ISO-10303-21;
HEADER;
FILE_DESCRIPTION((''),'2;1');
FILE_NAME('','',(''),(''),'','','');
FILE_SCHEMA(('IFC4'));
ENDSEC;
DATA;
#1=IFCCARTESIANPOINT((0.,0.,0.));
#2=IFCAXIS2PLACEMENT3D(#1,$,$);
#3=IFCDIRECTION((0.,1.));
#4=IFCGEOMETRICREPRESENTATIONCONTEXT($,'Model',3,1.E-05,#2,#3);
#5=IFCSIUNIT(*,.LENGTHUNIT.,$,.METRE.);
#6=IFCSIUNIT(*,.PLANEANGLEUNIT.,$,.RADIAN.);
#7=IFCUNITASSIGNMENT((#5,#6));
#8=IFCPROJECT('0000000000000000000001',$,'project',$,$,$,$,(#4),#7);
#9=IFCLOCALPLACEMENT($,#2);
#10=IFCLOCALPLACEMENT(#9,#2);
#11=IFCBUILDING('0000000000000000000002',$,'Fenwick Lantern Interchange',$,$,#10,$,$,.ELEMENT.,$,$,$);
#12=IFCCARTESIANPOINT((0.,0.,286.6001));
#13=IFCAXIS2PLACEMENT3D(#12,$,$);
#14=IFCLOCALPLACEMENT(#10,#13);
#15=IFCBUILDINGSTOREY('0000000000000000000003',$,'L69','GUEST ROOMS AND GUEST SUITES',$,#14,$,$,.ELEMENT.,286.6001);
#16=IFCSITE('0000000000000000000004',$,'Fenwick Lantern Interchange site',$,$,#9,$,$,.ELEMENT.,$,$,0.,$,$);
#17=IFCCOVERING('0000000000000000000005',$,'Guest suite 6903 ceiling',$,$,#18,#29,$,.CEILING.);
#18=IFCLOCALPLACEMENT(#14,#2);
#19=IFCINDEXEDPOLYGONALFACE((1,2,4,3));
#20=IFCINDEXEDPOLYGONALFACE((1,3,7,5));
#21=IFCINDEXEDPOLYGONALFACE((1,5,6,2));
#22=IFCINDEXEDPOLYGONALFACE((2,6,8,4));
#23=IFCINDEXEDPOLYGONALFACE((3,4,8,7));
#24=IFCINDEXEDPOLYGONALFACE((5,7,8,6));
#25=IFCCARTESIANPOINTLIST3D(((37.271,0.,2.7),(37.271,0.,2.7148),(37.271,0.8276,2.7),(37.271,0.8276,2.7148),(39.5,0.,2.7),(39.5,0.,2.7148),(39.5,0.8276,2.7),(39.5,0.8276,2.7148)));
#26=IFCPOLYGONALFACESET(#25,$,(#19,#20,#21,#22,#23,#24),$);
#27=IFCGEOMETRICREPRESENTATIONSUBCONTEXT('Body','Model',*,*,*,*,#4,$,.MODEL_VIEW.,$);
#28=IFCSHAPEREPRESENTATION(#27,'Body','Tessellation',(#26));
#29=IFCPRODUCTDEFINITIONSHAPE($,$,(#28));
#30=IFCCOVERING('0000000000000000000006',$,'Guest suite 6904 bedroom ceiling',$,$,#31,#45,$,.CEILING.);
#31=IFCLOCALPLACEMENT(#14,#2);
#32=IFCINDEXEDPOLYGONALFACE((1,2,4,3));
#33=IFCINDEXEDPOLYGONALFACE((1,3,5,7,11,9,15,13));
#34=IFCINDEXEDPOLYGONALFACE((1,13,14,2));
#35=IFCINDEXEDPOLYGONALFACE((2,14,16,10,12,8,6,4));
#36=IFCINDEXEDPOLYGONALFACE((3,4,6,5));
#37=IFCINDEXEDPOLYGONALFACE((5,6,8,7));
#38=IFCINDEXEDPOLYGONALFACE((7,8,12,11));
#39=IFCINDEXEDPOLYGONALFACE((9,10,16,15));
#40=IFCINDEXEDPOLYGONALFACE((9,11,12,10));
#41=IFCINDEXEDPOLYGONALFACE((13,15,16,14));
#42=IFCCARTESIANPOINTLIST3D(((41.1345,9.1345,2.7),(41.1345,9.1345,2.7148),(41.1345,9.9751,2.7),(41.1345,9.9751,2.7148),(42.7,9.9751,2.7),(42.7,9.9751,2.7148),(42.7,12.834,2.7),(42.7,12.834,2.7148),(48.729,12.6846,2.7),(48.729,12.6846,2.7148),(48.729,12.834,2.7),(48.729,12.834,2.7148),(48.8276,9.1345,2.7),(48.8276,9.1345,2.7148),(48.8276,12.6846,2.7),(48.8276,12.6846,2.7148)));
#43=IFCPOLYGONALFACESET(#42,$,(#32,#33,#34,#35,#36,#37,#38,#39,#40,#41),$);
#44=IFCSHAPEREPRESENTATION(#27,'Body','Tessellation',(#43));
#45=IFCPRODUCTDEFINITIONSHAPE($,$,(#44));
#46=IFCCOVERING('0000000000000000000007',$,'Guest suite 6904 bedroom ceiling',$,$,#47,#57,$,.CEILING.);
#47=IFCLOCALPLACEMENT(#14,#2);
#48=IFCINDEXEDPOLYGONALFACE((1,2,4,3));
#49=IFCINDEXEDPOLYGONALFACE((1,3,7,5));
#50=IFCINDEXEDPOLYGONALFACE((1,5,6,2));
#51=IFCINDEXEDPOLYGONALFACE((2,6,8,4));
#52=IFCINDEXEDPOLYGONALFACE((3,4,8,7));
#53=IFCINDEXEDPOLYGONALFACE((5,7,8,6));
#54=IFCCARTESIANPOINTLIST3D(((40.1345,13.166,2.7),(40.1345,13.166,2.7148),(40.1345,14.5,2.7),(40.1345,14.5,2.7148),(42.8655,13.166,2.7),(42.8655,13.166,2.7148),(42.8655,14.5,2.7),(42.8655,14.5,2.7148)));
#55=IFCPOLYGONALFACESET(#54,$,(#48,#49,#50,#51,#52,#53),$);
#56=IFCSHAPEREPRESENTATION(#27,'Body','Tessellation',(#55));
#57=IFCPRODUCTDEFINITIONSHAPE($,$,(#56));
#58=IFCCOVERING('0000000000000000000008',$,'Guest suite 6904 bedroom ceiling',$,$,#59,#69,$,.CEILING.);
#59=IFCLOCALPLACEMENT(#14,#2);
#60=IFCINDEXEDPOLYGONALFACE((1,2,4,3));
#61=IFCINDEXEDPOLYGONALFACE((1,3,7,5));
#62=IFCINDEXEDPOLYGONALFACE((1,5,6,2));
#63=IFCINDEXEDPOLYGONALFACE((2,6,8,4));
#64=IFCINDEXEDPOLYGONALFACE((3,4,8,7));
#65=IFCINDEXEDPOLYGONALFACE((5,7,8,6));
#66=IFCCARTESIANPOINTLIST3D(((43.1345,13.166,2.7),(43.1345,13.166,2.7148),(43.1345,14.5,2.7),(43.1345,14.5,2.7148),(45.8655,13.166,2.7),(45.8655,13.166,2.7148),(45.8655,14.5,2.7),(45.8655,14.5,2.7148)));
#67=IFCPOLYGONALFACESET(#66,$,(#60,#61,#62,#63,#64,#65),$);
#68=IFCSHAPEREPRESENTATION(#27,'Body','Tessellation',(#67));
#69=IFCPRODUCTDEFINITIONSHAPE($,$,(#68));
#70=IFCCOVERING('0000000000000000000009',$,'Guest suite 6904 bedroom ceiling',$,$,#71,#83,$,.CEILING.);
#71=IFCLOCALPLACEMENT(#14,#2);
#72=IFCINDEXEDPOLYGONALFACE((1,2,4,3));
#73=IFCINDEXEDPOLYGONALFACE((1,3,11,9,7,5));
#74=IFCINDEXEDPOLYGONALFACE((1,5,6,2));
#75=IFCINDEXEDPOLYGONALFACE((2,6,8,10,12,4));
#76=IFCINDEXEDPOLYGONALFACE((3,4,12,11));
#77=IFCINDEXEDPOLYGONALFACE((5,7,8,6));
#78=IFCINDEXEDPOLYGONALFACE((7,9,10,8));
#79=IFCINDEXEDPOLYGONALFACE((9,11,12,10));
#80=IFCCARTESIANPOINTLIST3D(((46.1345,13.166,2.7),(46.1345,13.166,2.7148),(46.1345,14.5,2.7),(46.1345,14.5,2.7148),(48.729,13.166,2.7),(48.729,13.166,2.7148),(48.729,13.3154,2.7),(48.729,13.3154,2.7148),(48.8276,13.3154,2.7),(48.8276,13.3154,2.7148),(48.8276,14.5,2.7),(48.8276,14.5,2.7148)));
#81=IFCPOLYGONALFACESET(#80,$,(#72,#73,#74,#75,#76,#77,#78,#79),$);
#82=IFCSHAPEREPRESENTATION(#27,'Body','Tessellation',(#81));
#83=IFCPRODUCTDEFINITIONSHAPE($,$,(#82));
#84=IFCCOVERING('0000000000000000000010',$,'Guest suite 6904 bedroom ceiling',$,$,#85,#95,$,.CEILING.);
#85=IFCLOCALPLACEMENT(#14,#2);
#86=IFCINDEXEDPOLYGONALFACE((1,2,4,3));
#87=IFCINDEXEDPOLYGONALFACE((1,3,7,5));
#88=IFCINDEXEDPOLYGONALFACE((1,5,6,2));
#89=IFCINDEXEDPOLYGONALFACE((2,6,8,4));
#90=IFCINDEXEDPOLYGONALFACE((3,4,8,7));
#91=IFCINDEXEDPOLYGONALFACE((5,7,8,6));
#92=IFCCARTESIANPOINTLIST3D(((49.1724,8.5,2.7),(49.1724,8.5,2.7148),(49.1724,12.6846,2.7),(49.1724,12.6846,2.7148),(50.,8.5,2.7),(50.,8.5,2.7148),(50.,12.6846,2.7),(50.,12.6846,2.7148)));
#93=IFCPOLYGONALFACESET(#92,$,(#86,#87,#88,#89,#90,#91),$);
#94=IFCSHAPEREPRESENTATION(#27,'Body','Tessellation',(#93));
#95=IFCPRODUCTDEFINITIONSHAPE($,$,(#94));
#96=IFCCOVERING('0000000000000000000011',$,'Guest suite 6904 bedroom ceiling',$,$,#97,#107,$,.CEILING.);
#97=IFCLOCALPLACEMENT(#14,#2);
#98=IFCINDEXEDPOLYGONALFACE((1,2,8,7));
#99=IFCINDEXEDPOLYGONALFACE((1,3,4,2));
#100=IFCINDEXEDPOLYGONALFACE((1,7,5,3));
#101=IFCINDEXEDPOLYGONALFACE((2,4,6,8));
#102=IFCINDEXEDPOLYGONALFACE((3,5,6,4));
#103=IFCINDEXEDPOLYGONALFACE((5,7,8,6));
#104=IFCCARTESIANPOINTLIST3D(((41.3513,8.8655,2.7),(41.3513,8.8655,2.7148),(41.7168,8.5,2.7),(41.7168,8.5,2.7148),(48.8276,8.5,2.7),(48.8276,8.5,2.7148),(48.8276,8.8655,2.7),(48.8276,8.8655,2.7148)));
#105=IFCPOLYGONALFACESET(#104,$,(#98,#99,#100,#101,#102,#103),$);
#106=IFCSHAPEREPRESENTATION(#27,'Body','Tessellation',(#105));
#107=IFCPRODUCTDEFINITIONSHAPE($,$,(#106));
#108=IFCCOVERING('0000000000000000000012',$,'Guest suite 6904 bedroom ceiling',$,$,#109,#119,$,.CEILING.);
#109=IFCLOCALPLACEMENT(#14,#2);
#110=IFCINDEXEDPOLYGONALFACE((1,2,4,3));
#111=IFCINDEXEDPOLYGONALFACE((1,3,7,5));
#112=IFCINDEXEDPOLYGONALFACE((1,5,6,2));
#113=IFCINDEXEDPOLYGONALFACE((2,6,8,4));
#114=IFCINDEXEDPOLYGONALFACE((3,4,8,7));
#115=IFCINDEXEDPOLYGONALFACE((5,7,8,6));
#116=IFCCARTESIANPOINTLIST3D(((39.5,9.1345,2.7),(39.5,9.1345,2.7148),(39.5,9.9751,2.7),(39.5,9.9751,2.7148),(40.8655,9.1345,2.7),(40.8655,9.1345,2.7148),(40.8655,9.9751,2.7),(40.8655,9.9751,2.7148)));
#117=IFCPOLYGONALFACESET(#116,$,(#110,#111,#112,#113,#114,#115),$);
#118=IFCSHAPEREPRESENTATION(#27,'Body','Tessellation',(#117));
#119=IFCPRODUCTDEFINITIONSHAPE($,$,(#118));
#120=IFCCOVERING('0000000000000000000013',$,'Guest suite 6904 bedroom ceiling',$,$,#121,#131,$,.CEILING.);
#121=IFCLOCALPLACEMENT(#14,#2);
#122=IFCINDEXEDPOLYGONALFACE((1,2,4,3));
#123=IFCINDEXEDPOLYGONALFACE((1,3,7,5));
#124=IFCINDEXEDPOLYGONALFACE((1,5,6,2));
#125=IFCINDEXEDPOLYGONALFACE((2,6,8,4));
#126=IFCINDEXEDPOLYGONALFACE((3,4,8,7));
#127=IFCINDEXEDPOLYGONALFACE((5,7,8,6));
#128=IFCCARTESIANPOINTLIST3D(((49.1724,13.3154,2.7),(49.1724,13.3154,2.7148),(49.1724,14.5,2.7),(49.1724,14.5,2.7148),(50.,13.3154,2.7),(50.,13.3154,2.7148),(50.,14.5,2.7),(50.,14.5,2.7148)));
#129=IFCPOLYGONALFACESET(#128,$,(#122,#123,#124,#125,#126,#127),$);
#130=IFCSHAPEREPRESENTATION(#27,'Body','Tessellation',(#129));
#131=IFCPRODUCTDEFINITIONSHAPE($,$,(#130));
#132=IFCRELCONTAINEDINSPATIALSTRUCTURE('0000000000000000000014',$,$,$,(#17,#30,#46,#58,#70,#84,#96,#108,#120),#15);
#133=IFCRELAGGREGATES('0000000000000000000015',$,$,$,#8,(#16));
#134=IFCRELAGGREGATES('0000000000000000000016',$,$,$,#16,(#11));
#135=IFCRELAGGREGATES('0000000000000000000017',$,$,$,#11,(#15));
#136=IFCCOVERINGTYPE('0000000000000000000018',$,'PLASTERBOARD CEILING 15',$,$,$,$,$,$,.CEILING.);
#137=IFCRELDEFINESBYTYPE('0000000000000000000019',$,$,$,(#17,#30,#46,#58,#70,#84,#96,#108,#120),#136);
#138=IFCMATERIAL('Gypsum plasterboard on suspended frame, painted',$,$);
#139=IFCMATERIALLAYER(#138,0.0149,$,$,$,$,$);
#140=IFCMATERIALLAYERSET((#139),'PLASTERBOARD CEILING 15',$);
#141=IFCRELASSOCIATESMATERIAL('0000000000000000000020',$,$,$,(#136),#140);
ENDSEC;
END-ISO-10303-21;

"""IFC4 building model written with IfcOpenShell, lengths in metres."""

from ifc_helpers import new_model, si_unit, direction, frame, origin, place, context, subcontext, project, spatial, polyline, outline, extrude, material, layer, layer_set, type_object, element, save


model = new_model("IFC4")

# Units and contexts
model_context = context("Model", 3, precision=1e-05, world=origin(), true_north=direction((0.0, 1.0)))
body_context = subcontext(model_context, "Body", "Model", "MODEL_VIEW")
ifc_project = project(units=[si_unit("LENGTHUNIT", "METRE"), si_unit("PLANEANGLEUNIT", "RADIAN")], contexts=[model_context])

# Site, building, storey
site_placement = place(None, origin())
site = spatial("IfcSite", under=ifc_project, at=site_placement, Name="Fenwick Lantern Interchange site", CompositionType="ELEMENT", RefElevation=0.0)
building_placement = place(site_placement, origin())
building = spatial("IfcBuilding", under=site, at=building_placement, Name="Fenwick Lantern Interchange", CompositionType="ELEMENT")
storey_placement = place(building_placement, frame((0.0, 0.0, 286.6001)))
storey = spatial("IfcBuildingStorey", under=building, at=storey_placement, Name="L69", Description="GUEST ROOMS AND GUEST SUITES", CompositionType="ELEMENT", Elevation=286.6001)

# Coverings
ifc_material = material(Name="Gypsum plasterboard on suspended frame, painted")
ifc_layer = layer(ifc_material, 0.0149)
ifc_layer_set = layer_set([ifc_layer], Name="PLASTERBOARD CEILING 15")
covering_type = type_object("IfcCoveringType", Name="PLASTERBOARD CEILING 15", PredefinedType="CEILING", material=ifc_layer_set)
covering_1_placement = place(storey_placement, frame((0.0, 0.0, 2.7)))
element("IfcCovering", 1, at=covering_1_placement, inside=storey, type_object=covering_type, Name="Guest suite 6903 ceiling", PredefinedType="CEILING", context=body_context, shape_type="SweptSolid", body=[
    extrude(outline(polyline([(37.271, 0.8276), (37.271, 0.0), (39.5, 0.0), (39.5, 0.8276), (37.271, 0.8276)])), origin(), (0.0, 0.0, 1.0), 0.0149),
])
covering_2_placement = place(storey_placement, frame((0.0, 0.0, 2.7)))
element("IfcCovering", 2, at=covering_2_placement, inside=storey, type_object=covering_type, Name="Guest suite 6904 bedroom ceiling", PredefinedType="CEILING", context=body_context, shape_type="SweptSolid", body=[
    extrude(outline(polyline([(48.729, 12.6846), (48.729, 12.834), (42.7, 12.834), (42.7, 9.9751), (41.1345, 9.9751), (41.1345, 9.1345), (48.8276, 9.1345), (48.8276, 12.6846), (48.729, 12.6846)])), origin(), (0.0, 0.0, 1.0), 0.0149),
])
covering_3_placement = place(storey_placement, frame((0.0, 0.0, 2.7)))
element("IfcCovering", 3, at=covering_3_placement, inside=storey, type_object=covering_type, Name="Guest suite 6904 bedroom ceiling", PredefinedType="CEILING", context=body_context, shape_type="SweptSolid", body=[
    extrude(outline(polyline([(42.8655, 14.5), (40.1345, 14.5), (40.1345, 13.166), (42.8655, 13.166), (42.8655, 14.5)])), origin(), (0.0, 0.0, 1.0), 0.0149),
])
covering_4_placement = place(storey_placement, frame((0.0, 0.0, 2.7)))
element("IfcCovering", 4, at=covering_4_placement, inside=storey, type_object=covering_type, Name="Guest suite 6904 bedroom ceiling", PredefinedType="CEILING", context=body_context, shape_type="SweptSolid", body=[
    extrude(outline(polyline([(45.8655, 14.5), (43.1345, 14.5), (43.1345, 13.166), (45.8655, 13.166), (45.8655, 14.5)])), origin(), (0.0, 0.0, 1.0), 0.0149),
])
covering_5_placement = place(storey_placement, frame((0.0, 0.0, 2.7)))
element("IfcCovering", 5, at=covering_5_placement, inside=storey, type_object=covering_type, Name="Guest suite 6904 bedroom ceiling", PredefinedType="CEILING", context=body_context, shape_type="SweptSolid", body=[
    extrude(outline(polyline([(48.729, 13.3154), (48.8276, 13.3154), (48.8276, 14.5), (46.1345, 14.5), (46.1345, 13.166), (48.729, 13.166), (48.729, 13.3154)])), origin(), (0.0, 0.0, 1.0), 0.0149),
])
covering_6_placement = place(storey_placement, frame((0.0, 0.0, 2.7)))
element("IfcCovering", 6, at=covering_6_placement, inside=storey, type_object=covering_type, Name="Guest suite 6904 bedroom ceiling", PredefinedType="CEILING", context=body_context, shape_type="SweptSolid", body=[
    extrude(outline(polyline([(50.0, 12.6846), (49.1724, 12.6846), (49.1724, 8.5), (50.0, 8.5), (50.0, 12.6846)])), origin(), (0.0, 0.0, 1.0), 0.0149),
])
covering_7_placement = place(storey_placement, frame((0.0, 0.0, 2.7)))
element("IfcCovering", 7, at=covering_7_placement, inside=storey, type_object=covering_type, Name="Guest suite 6904 bedroom ceiling", PredefinedType="CEILING", context=body_context, shape_type="SweptSolid", body=[
    extrude(outline(polyline([(41.7168, 8.5), (48.8276, 8.5), (48.8276, 8.8655), (41.3513, 8.8655), (41.7168, 8.5)])), origin(), (0.0, 0.0, 1.0), 0.0149),
])
covering_8_placement = place(storey_placement, frame((0.0, 0.0, 2.7)))
element("IfcCovering", 8, at=covering_8_placement, inside=storey, type_object=covering_type, Name="Guest suite 6904 bedroom ceiling", PredefinedType="CEILING", context=body_context, shape_type="SweptSolid", body=[
    extrude(outline(polyline([(39.5, 9.9751), (39.5, 9.1345), (40.8655, 9.1345), (40.8655, 9.9751), (39.5, 9.9751)])), origin(), (0.0, 0.0, 1.0), 0.0149),
])
covering_9_placement = place(storey_placement, frame((0.0, 0.0, 2.7)))
element("IfcCovering", 9, at=covering_9_placement, inside=storey, type_object=covering_type, Name="Guest suite 6904 bedroom ceiling", PredefinedType="CEILING", context=body_context, shape_type="SweptSolid", body=[
    extrude(outline(polyline([(50.0, 13.3154), (50.0, 14.5), (49.1724, 14.5), (49.1724, 13.3154), (50.0, 13.3154)])), origin(), (0.0, 0.0, 1.0), 0.0149),
])

save(model, "model.ifc")
